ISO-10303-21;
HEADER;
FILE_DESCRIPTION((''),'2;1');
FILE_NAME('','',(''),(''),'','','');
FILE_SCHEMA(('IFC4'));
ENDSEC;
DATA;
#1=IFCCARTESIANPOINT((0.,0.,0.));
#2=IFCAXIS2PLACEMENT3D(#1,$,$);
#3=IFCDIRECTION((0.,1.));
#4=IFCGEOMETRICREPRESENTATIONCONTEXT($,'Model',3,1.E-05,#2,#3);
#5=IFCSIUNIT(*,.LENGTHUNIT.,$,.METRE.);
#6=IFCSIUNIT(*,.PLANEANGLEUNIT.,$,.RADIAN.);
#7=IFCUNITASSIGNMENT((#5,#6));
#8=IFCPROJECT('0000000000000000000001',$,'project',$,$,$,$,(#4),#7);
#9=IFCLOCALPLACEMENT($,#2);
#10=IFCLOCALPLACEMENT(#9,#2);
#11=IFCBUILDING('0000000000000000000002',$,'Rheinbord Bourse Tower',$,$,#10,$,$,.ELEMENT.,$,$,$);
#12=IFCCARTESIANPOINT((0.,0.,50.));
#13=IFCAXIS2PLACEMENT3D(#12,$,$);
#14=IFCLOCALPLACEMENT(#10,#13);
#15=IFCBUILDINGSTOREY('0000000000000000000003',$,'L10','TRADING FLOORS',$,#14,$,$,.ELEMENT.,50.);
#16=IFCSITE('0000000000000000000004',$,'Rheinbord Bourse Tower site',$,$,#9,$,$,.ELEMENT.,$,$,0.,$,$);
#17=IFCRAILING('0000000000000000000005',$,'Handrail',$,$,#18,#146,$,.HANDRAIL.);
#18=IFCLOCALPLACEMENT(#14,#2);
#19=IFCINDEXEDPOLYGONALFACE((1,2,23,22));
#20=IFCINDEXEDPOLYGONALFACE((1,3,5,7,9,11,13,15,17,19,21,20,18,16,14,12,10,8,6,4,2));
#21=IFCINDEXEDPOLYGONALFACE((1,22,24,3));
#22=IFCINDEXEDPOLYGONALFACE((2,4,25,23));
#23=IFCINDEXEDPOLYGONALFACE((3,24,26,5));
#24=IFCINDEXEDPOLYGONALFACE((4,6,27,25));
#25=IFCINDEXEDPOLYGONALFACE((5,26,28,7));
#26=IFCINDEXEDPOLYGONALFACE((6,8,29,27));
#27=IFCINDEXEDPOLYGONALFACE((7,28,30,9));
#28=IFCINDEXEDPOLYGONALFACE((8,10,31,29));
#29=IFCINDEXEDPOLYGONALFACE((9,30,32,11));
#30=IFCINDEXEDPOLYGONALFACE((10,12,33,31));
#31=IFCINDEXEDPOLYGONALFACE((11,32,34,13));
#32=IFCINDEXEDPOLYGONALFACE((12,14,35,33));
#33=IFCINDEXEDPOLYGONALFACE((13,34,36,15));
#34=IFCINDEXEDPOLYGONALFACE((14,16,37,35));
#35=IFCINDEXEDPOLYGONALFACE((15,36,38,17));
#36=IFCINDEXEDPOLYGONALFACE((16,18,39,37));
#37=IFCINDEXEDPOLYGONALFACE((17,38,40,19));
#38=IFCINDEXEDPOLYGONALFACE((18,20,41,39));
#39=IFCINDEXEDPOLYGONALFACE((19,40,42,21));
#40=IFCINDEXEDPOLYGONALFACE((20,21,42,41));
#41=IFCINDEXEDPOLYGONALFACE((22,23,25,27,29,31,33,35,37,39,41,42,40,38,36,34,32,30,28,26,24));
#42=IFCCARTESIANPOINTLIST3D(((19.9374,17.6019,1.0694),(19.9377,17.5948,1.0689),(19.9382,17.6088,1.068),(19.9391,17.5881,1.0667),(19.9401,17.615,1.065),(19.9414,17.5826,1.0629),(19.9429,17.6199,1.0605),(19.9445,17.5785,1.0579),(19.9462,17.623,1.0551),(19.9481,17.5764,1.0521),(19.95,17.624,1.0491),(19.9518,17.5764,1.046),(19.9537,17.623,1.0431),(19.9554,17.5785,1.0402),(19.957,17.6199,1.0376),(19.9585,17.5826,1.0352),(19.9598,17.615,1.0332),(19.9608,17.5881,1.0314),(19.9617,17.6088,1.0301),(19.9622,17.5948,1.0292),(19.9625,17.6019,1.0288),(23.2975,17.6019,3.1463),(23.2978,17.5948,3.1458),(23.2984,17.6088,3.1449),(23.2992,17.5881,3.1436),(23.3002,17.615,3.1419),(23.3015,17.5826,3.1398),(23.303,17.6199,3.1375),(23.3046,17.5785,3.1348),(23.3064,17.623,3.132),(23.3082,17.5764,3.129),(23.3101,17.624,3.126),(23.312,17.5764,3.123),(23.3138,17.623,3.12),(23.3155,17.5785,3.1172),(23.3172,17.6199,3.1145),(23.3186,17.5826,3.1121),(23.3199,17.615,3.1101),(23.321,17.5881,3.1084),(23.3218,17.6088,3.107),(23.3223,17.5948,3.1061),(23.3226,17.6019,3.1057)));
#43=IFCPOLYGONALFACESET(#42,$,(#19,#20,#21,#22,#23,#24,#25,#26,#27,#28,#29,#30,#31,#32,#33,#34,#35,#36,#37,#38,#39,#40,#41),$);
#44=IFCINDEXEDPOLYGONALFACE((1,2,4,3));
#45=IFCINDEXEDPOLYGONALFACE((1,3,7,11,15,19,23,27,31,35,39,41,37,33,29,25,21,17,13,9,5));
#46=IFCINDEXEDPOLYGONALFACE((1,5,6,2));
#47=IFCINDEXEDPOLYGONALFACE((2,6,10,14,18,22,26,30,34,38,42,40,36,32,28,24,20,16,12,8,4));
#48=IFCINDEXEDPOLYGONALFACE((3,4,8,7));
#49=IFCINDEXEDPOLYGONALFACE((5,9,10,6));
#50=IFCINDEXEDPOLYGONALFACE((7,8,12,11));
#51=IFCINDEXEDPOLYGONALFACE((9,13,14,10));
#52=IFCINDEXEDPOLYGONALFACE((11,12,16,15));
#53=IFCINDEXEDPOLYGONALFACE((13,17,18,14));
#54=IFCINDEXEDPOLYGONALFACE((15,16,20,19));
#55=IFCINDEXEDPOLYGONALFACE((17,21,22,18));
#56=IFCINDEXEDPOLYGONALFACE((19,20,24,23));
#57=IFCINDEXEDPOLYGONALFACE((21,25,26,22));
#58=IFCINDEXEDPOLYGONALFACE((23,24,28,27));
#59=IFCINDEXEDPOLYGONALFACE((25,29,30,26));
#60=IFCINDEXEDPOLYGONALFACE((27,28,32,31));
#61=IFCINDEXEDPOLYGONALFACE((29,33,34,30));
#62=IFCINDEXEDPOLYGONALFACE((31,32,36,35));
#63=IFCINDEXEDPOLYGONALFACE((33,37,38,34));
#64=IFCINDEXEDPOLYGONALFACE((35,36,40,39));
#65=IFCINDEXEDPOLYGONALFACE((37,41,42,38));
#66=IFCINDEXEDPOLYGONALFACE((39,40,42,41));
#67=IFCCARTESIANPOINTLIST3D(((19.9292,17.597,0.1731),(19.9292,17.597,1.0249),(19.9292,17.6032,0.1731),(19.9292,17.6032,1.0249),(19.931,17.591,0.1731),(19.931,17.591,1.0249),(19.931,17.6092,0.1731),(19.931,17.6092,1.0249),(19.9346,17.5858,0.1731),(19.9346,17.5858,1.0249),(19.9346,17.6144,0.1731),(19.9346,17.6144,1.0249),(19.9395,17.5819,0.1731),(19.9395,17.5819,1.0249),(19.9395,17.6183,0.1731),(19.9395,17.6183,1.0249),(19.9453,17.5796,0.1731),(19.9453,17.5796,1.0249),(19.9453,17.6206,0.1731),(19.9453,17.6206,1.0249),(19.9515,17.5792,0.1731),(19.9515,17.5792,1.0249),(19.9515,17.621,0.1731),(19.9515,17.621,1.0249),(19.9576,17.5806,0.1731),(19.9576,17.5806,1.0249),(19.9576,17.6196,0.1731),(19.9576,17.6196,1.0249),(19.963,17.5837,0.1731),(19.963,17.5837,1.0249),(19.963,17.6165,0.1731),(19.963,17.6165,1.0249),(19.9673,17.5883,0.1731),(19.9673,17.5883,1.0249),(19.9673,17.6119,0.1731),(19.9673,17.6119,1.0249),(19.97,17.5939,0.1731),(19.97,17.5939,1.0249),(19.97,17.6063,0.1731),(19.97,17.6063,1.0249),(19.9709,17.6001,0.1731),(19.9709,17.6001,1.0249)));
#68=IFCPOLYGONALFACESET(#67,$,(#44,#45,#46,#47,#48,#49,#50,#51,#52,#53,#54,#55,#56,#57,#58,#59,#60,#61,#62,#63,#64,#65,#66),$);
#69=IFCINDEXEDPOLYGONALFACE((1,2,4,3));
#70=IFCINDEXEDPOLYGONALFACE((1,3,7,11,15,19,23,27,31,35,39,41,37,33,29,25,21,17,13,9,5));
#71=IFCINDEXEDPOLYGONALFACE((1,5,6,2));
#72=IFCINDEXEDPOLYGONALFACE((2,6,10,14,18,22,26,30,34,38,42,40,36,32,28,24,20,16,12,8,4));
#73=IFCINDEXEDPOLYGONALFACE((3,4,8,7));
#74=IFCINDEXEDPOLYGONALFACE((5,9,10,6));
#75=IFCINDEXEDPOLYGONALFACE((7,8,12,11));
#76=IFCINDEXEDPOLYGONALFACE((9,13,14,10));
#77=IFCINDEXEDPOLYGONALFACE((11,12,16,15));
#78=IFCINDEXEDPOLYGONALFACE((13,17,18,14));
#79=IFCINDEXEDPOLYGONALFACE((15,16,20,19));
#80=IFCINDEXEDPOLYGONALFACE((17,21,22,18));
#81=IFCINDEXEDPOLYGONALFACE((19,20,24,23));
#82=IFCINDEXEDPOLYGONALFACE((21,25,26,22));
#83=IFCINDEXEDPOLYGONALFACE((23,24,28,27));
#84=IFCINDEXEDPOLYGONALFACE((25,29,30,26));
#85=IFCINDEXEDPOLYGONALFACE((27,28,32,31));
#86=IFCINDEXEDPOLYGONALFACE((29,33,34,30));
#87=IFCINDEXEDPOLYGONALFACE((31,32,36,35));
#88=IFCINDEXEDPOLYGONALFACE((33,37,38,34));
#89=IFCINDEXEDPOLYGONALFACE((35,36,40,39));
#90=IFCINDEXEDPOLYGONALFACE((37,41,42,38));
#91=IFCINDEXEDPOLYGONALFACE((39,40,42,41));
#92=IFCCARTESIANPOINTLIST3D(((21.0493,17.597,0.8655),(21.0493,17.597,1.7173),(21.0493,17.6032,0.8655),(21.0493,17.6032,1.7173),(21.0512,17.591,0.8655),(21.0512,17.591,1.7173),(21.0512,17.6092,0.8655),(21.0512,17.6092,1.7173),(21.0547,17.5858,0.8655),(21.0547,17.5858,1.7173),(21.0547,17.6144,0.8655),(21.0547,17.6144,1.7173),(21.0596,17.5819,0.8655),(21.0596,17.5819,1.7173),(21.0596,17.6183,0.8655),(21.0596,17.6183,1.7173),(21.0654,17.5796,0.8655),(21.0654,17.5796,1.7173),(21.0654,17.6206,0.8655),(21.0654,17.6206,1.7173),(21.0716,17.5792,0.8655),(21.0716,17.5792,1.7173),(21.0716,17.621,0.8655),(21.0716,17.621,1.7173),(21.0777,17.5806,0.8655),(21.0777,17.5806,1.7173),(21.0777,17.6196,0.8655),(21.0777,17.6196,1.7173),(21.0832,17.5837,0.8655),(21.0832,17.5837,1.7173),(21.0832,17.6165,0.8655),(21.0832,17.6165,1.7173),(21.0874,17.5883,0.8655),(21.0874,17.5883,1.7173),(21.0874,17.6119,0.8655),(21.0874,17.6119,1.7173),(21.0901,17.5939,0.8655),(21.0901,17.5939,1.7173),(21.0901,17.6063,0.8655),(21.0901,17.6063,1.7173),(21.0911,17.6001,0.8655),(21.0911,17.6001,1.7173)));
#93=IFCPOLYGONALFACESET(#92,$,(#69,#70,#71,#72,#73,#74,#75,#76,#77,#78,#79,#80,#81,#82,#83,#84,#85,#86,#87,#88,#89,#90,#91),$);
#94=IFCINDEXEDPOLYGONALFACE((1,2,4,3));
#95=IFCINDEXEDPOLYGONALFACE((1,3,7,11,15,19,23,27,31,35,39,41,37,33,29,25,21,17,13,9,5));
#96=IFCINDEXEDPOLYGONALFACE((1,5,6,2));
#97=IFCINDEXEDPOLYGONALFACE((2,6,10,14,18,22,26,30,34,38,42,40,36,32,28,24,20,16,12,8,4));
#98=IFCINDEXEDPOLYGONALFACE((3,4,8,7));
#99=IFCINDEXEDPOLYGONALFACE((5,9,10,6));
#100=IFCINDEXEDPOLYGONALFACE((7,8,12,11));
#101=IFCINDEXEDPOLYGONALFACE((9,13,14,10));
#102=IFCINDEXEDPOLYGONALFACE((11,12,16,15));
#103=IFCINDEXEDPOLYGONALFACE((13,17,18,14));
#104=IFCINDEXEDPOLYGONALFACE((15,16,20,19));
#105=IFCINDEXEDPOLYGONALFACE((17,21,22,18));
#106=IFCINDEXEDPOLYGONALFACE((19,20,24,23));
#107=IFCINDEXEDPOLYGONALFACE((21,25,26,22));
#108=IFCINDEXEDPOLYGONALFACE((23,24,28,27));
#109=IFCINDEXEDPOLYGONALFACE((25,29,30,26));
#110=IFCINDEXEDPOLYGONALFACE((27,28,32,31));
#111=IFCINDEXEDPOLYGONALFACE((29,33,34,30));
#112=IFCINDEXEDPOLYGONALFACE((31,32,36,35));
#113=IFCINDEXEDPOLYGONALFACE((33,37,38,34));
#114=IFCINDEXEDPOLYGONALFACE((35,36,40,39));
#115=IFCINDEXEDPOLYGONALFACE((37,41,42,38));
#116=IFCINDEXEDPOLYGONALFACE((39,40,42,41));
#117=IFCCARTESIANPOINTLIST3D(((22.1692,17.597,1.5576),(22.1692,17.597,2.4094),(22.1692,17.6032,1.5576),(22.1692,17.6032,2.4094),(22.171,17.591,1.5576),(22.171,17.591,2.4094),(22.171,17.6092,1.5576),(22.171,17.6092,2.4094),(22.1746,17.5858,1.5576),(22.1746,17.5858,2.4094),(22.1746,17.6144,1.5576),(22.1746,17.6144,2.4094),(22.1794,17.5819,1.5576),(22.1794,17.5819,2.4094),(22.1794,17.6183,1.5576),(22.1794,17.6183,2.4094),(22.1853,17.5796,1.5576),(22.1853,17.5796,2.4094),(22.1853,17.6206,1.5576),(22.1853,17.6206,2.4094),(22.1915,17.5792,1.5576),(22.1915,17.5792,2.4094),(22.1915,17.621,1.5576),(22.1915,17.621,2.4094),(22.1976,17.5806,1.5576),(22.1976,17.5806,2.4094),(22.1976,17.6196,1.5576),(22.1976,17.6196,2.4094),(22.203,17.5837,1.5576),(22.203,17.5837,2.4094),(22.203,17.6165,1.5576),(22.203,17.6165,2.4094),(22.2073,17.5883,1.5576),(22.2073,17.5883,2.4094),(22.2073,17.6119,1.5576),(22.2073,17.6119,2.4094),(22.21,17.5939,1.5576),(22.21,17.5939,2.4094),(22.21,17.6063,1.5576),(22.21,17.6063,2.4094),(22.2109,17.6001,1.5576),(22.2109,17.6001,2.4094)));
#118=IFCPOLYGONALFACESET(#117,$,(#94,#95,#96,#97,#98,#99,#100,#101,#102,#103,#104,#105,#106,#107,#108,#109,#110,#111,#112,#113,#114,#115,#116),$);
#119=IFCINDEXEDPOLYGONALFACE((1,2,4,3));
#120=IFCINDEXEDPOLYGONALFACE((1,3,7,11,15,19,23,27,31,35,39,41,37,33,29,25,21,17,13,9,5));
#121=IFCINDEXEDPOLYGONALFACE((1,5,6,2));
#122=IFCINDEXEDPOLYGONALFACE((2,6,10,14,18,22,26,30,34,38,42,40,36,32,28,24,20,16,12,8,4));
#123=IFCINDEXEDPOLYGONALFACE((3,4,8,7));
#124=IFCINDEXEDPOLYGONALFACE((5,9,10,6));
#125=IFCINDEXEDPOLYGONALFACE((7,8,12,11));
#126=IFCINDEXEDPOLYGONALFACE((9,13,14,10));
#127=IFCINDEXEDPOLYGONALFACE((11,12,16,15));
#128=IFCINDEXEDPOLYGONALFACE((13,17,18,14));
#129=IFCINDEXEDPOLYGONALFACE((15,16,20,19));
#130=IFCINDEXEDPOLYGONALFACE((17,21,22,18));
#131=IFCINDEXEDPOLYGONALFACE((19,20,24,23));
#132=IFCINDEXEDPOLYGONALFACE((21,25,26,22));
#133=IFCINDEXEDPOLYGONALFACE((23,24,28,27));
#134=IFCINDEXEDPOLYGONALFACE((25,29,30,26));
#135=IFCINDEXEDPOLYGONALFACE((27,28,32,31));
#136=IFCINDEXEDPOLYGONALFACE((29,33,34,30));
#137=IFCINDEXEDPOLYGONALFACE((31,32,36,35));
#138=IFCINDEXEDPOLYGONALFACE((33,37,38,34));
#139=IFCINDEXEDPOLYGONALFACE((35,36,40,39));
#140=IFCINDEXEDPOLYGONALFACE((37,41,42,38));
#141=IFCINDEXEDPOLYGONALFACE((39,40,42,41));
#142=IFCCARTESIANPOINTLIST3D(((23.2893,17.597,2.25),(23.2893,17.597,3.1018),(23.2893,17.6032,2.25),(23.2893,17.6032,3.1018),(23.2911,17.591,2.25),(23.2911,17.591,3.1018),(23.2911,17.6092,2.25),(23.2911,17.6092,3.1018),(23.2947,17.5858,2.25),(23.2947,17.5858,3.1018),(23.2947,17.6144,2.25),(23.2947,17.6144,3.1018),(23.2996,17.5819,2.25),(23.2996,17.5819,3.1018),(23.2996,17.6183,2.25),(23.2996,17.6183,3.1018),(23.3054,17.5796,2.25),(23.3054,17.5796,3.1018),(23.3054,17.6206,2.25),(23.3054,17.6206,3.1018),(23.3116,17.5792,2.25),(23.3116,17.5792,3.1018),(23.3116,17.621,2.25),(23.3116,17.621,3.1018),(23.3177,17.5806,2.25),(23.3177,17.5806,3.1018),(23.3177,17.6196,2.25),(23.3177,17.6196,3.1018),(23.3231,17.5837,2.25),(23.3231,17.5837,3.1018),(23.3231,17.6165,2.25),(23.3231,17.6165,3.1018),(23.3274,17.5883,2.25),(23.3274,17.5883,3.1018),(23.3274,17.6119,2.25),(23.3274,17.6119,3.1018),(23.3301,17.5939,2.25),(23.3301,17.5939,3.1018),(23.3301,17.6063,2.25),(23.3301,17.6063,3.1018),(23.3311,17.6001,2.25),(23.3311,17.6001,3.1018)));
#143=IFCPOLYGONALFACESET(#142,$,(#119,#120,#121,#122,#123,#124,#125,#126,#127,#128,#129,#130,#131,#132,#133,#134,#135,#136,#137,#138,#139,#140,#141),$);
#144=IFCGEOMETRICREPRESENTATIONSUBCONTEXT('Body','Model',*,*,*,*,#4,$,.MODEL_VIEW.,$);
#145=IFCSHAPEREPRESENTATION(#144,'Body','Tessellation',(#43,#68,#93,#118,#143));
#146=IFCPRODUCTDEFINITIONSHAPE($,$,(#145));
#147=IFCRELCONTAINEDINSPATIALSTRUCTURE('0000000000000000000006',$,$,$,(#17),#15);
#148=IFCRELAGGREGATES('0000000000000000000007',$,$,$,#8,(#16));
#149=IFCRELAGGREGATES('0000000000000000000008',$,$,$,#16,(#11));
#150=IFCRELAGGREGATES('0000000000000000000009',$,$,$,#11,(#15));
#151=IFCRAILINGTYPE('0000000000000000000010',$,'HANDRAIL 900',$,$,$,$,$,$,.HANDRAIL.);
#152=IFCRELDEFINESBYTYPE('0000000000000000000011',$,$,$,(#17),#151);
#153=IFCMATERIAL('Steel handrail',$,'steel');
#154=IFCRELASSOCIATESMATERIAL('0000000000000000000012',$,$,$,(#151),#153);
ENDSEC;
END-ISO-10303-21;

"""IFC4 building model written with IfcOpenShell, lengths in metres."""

from ifc_helpers import new_model, si_unit, direction, frame, origin, origin_2d, place, context, subcontext, project, spatial, circle, extrude, material, type_object, element, save


model = new_model("IFC4")

# Units and contexts
model_context = context("Model", 3, precision=1e-05, world=origin(), true_north=direction((0.0, 1.0)))
body_context = subcontext(model_context, "Body", "Model", "MODEL_VIEW")
ifc_project = project(units=[si_unit("LENGTHUNIT", "METRE"), si_unit("PLANEANGLEUNIT", "RADIAN")], contexts=[model_context])

# Site, building, storey
site_placement = place(None, origin())
site = spatial("IfcSite", under=ifc_project, at=site_placement, Name="Rheinbord Bourse Tower site", CompositionType="ELEMENT", RefElevation=0.0)
building_placement = place(site_placement, origin())
building = spatial("IfcBuilding", under=site, at=building_placement, Name="Rheinbord Bourse Tower", CompositionType="ELEMENT")
storey_placement = place(building_placement, frame((0.0, 0.0, 50.0)))
storey = spatial("IfcBuildingStorey", under=building, at=storey_placement, Name="L10", Description="TRADING FLOORS", CompositionType="ELEMENT", Elevation=50.0)

# Railing
ifc_material_1 = material(Name="Steel handrail", Category="steel")
railing_type = type_object("IfcRailingType", Name="HANDRAIL 900", PredefinedType="HANDRAIL", material=ifc_material_1)
railing_1_placement = place(storey_placement, frame((19.95, 17.6001, 0.1731)))
element("IfcRailing", 1, at=railing_1_placement, inside=storey, type_object=railing_type, Name="Handrail", PredefinedType="HANDRAIL", context=body_context, shape_type="SweptSolid", body=[
    extrude(circle(Radius=0.0239, at=origin_2d()), frame((0.0, 0.0, 0.876), z_axis=(0.850623, 0.0, 0.525776), x_axis=(0.0, 1.0, 0.0)), (0.0, 0.0, 1.0), 3.9502),
    extrude(circle(Radius=0.021, at=origin_2d()), origin(), (0.0, 0.0, 1.0), 0.8518),
    extrude(circle(Radius=0.021, at=origin_2d()), frame((1.1201, 0.0, 0.6924)), (0.0, 0.0, 1.0), 0.8518),
    extrude(circle(Radius=0.021, at=origin_2d()), frame((2.24, 0.0, 1.3845)), (0.0, 0.0, 1.0), 0.8518),
    extrude(circle(Radius=0.021, at=origin_2d()), frame((3.3601, 0.0, 2.0769)), (0.0, 0.0, 1.0), 0.8518),
])

save(model, "model.ifc")
